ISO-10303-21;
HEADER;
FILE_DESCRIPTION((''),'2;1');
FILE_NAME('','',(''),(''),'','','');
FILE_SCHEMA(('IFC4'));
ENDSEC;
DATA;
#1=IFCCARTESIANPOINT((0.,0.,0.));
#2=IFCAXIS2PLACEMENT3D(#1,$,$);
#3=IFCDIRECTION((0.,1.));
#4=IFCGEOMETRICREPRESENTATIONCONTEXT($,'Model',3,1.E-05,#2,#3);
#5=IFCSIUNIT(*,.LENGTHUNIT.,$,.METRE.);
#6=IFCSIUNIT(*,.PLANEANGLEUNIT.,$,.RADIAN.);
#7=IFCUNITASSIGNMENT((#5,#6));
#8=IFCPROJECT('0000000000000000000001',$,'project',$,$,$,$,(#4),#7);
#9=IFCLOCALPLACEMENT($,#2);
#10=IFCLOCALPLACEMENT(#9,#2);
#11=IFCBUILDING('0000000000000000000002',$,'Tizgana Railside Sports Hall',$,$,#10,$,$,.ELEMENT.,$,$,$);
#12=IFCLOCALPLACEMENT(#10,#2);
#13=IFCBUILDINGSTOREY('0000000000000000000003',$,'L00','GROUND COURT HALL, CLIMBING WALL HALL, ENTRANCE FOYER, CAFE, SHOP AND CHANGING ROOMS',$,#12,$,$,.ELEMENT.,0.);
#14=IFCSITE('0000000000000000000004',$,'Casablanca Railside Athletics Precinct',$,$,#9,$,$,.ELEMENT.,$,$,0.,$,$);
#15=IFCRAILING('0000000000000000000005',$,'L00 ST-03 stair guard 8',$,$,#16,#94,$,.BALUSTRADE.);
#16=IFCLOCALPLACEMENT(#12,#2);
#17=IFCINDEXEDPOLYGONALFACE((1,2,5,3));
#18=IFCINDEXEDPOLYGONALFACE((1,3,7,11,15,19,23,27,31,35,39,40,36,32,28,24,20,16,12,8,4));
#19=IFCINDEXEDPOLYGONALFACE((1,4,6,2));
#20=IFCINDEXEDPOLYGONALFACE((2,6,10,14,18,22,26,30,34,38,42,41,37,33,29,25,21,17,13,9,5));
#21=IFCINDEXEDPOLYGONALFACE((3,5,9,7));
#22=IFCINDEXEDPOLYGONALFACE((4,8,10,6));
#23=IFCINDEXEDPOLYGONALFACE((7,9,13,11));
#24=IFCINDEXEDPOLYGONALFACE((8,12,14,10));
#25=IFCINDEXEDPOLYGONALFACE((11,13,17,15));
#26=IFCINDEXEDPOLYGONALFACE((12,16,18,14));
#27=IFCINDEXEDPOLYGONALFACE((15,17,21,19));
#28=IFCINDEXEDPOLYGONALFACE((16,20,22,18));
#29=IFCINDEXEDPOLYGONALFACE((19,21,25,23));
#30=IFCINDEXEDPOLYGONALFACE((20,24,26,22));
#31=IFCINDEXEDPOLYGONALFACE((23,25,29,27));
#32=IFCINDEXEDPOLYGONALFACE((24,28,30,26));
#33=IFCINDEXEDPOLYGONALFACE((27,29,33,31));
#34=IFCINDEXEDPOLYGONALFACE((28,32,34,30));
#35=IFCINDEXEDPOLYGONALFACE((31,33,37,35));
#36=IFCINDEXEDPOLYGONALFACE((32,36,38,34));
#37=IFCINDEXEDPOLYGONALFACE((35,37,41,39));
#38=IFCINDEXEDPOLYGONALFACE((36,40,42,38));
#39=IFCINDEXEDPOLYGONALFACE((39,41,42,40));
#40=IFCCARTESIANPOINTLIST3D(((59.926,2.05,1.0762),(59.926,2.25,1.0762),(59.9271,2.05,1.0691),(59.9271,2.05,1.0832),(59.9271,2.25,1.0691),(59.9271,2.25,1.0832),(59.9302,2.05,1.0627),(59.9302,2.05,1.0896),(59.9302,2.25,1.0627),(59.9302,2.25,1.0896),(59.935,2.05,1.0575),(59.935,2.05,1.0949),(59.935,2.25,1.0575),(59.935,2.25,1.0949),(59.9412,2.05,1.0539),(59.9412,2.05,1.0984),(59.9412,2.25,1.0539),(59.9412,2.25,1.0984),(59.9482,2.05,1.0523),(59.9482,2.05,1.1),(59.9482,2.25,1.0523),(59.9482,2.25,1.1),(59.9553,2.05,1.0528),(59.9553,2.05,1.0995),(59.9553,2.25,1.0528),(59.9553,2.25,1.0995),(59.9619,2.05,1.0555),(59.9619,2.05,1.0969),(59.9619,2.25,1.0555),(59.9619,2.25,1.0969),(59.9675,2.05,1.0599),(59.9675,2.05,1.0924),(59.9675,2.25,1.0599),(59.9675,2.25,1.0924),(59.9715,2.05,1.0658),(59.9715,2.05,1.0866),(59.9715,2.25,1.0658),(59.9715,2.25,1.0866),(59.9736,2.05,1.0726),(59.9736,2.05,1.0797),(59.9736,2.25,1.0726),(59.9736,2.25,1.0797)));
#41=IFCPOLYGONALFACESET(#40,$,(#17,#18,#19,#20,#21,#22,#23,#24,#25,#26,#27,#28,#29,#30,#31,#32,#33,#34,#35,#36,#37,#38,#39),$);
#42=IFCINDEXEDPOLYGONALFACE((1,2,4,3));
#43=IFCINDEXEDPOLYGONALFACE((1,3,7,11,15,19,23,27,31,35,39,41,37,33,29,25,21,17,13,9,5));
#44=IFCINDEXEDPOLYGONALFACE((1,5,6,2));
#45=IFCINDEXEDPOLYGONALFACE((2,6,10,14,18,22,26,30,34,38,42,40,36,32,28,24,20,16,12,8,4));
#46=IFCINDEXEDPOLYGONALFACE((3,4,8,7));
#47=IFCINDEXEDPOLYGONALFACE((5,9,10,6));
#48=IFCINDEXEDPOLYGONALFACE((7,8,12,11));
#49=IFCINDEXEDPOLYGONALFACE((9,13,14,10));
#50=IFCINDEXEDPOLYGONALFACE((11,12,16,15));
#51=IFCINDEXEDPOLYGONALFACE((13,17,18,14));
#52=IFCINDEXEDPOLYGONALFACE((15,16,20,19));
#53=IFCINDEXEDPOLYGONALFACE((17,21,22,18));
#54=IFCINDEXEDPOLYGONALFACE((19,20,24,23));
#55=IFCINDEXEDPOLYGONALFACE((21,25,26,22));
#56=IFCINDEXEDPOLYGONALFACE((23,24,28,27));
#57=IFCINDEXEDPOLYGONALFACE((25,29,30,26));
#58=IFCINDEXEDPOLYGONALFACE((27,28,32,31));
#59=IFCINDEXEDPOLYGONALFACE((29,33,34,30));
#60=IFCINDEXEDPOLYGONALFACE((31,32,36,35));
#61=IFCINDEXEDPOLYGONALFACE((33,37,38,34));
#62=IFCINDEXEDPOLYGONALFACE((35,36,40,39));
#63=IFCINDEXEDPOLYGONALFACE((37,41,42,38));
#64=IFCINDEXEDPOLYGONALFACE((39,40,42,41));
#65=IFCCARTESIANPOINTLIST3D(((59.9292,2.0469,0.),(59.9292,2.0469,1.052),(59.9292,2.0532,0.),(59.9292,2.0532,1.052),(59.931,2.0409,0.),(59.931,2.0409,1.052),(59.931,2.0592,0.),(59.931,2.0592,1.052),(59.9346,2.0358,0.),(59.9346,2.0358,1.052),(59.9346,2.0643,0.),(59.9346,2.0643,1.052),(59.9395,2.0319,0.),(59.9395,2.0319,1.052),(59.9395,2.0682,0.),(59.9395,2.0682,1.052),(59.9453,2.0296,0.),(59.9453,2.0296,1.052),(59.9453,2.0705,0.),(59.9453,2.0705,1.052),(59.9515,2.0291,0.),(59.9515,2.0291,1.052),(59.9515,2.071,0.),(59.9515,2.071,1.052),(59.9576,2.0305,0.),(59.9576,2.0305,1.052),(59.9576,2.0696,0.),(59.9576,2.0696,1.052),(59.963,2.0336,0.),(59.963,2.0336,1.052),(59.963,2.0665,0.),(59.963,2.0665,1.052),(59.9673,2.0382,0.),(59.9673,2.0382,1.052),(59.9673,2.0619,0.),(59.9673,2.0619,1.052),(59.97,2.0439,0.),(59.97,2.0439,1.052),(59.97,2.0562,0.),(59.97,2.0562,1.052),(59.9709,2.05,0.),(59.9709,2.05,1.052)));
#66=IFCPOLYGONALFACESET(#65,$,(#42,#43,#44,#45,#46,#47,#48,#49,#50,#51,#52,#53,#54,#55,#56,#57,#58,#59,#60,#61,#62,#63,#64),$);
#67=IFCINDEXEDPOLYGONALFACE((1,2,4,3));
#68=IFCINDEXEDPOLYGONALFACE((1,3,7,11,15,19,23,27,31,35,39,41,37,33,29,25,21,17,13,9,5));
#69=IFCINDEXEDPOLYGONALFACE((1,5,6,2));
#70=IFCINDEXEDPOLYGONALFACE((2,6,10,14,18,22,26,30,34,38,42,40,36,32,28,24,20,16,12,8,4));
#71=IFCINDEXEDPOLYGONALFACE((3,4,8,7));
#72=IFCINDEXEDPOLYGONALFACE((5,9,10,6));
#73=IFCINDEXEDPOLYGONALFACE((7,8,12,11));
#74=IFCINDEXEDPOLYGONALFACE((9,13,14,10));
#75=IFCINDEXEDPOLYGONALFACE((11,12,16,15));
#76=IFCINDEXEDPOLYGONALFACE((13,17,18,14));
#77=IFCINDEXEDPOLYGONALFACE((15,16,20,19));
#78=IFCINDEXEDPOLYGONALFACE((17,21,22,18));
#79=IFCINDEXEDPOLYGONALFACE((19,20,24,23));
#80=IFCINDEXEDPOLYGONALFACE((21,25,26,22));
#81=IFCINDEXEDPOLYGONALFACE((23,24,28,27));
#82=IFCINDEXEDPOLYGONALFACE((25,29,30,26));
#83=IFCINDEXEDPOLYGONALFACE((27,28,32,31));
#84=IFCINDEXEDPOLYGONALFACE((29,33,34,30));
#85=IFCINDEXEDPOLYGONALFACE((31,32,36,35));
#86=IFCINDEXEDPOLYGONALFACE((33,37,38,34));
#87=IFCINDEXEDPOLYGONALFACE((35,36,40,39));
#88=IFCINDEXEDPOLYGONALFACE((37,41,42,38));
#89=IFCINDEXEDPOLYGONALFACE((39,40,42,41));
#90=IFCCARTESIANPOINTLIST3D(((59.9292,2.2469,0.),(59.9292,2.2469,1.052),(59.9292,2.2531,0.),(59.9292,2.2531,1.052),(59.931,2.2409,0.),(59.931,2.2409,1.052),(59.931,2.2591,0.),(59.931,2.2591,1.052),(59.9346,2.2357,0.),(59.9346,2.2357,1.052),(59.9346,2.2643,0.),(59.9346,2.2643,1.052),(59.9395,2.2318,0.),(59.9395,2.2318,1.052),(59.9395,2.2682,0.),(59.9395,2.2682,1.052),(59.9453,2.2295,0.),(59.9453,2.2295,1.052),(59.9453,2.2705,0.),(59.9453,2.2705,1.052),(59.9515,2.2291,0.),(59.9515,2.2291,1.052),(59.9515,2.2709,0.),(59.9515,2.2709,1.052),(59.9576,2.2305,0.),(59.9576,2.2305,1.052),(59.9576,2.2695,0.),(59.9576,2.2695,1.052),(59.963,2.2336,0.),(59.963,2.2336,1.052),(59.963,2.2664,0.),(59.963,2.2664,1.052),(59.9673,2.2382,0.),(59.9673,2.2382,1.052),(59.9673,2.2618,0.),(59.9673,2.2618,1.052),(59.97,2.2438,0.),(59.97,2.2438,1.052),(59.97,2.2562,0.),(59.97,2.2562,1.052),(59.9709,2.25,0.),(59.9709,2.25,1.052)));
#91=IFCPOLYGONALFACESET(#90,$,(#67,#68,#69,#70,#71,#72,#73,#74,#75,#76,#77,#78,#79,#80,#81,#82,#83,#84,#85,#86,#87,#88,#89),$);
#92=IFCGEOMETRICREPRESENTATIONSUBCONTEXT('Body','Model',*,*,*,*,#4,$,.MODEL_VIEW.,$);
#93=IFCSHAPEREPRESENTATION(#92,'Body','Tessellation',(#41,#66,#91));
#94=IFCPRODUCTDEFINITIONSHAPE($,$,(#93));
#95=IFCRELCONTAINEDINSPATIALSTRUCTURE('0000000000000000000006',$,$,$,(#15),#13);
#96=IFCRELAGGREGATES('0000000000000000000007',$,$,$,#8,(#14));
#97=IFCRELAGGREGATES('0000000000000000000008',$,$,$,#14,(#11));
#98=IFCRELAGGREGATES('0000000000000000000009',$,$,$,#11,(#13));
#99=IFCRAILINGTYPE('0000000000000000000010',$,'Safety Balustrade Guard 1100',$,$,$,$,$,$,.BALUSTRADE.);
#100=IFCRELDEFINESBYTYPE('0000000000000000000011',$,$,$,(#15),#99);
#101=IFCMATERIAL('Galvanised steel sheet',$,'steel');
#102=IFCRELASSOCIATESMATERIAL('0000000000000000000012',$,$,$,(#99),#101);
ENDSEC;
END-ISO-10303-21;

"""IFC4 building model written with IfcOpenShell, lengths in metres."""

from ifc_helpers import new_model, si_unit, direction, frame, origin, origin_2d, place, context, subcontext, project, spatial, circle, extrude, material, type_object, element, save


model = new_model("IFC4")

# Units and contexts
model_context = context("Model", 3, precision=1e-05, world=origin(), true_north=direction((0.0, 1.0)))
body_context = subcontext(model_context, "Body", "Model", "MODEL_VIEW")
ifc_project = project(units=[si_unit("LENGTHUNIT", "METRE"), si_unit("PLANEANGLEUNIT", "RADIAN")], contexts=[model_context])

# Site, building, storey
site_placement = place(None, origin())
site = spatial("IfcSite", under=ifc_project, at=site_placement, Name="Casablanca Railside Athletics Precinct", CompositionType="ELEMENT", RefElevation=0.0)
building_placement = place(site_placement, origin())
building = spatial("IfcBuilding", under=site, at=building_placement, Name="Tizgana Railside Sports Hall", CompositionType="ELEMENT")
storey_placement = place(building_placement, origin())
storey = spatial("IfcBuildingStorey", under=building, at=storey_placement, Name="L00", Description="GROUND COURT HALL, CLIMBING WALL HALL, ENTRANCE FOYER, CAFE, SHOP AND CHANGING ROOMS", CompositionType="ELEMENT", Elevation=0.0)

# Railing
ifc_material_1 = material(Name="Galvanised steel sheet", Category="steel")
railing_type_1 = type_object("IfcRailingType", Name="Safety Balustrade Guard 1100", PredefinedType="BALUSTRADE", material=ifc_material_1)
railing_1_placement = place(storey_placement, frame((59.95, 2.05, 0.0)))
element("IfcRailing", 1, at=railing_1_placement, inside=storey, type_object=railing_type_1, Name="L00 ST-03 stair guard 8", PredefinedType="BALUSTRADE", context=body_context, shape_type="SweptSolid", body=[
    extrude(circle(Radius=0.0239, at=origin_2d()), frame((0.0, 0.0, 1.0762), z_axis=(0.0, 1.0, 0.0), x_axis=(-1.0, 0.0, 0.0)), (0.0, 0.0, 1.0), 0.2),
    extrude(circle(Radius=0.021, at=origin_2d()), origin(), (0.0, 0.0, 1.0), 1.052),
    extrude(circle(Radius=0.021, at=origin_2d()), frame((0.0, 0.2, 0.0)), (0.0, 0.0, 1.0), 1.052),
])

save(model, "model.ifc")
